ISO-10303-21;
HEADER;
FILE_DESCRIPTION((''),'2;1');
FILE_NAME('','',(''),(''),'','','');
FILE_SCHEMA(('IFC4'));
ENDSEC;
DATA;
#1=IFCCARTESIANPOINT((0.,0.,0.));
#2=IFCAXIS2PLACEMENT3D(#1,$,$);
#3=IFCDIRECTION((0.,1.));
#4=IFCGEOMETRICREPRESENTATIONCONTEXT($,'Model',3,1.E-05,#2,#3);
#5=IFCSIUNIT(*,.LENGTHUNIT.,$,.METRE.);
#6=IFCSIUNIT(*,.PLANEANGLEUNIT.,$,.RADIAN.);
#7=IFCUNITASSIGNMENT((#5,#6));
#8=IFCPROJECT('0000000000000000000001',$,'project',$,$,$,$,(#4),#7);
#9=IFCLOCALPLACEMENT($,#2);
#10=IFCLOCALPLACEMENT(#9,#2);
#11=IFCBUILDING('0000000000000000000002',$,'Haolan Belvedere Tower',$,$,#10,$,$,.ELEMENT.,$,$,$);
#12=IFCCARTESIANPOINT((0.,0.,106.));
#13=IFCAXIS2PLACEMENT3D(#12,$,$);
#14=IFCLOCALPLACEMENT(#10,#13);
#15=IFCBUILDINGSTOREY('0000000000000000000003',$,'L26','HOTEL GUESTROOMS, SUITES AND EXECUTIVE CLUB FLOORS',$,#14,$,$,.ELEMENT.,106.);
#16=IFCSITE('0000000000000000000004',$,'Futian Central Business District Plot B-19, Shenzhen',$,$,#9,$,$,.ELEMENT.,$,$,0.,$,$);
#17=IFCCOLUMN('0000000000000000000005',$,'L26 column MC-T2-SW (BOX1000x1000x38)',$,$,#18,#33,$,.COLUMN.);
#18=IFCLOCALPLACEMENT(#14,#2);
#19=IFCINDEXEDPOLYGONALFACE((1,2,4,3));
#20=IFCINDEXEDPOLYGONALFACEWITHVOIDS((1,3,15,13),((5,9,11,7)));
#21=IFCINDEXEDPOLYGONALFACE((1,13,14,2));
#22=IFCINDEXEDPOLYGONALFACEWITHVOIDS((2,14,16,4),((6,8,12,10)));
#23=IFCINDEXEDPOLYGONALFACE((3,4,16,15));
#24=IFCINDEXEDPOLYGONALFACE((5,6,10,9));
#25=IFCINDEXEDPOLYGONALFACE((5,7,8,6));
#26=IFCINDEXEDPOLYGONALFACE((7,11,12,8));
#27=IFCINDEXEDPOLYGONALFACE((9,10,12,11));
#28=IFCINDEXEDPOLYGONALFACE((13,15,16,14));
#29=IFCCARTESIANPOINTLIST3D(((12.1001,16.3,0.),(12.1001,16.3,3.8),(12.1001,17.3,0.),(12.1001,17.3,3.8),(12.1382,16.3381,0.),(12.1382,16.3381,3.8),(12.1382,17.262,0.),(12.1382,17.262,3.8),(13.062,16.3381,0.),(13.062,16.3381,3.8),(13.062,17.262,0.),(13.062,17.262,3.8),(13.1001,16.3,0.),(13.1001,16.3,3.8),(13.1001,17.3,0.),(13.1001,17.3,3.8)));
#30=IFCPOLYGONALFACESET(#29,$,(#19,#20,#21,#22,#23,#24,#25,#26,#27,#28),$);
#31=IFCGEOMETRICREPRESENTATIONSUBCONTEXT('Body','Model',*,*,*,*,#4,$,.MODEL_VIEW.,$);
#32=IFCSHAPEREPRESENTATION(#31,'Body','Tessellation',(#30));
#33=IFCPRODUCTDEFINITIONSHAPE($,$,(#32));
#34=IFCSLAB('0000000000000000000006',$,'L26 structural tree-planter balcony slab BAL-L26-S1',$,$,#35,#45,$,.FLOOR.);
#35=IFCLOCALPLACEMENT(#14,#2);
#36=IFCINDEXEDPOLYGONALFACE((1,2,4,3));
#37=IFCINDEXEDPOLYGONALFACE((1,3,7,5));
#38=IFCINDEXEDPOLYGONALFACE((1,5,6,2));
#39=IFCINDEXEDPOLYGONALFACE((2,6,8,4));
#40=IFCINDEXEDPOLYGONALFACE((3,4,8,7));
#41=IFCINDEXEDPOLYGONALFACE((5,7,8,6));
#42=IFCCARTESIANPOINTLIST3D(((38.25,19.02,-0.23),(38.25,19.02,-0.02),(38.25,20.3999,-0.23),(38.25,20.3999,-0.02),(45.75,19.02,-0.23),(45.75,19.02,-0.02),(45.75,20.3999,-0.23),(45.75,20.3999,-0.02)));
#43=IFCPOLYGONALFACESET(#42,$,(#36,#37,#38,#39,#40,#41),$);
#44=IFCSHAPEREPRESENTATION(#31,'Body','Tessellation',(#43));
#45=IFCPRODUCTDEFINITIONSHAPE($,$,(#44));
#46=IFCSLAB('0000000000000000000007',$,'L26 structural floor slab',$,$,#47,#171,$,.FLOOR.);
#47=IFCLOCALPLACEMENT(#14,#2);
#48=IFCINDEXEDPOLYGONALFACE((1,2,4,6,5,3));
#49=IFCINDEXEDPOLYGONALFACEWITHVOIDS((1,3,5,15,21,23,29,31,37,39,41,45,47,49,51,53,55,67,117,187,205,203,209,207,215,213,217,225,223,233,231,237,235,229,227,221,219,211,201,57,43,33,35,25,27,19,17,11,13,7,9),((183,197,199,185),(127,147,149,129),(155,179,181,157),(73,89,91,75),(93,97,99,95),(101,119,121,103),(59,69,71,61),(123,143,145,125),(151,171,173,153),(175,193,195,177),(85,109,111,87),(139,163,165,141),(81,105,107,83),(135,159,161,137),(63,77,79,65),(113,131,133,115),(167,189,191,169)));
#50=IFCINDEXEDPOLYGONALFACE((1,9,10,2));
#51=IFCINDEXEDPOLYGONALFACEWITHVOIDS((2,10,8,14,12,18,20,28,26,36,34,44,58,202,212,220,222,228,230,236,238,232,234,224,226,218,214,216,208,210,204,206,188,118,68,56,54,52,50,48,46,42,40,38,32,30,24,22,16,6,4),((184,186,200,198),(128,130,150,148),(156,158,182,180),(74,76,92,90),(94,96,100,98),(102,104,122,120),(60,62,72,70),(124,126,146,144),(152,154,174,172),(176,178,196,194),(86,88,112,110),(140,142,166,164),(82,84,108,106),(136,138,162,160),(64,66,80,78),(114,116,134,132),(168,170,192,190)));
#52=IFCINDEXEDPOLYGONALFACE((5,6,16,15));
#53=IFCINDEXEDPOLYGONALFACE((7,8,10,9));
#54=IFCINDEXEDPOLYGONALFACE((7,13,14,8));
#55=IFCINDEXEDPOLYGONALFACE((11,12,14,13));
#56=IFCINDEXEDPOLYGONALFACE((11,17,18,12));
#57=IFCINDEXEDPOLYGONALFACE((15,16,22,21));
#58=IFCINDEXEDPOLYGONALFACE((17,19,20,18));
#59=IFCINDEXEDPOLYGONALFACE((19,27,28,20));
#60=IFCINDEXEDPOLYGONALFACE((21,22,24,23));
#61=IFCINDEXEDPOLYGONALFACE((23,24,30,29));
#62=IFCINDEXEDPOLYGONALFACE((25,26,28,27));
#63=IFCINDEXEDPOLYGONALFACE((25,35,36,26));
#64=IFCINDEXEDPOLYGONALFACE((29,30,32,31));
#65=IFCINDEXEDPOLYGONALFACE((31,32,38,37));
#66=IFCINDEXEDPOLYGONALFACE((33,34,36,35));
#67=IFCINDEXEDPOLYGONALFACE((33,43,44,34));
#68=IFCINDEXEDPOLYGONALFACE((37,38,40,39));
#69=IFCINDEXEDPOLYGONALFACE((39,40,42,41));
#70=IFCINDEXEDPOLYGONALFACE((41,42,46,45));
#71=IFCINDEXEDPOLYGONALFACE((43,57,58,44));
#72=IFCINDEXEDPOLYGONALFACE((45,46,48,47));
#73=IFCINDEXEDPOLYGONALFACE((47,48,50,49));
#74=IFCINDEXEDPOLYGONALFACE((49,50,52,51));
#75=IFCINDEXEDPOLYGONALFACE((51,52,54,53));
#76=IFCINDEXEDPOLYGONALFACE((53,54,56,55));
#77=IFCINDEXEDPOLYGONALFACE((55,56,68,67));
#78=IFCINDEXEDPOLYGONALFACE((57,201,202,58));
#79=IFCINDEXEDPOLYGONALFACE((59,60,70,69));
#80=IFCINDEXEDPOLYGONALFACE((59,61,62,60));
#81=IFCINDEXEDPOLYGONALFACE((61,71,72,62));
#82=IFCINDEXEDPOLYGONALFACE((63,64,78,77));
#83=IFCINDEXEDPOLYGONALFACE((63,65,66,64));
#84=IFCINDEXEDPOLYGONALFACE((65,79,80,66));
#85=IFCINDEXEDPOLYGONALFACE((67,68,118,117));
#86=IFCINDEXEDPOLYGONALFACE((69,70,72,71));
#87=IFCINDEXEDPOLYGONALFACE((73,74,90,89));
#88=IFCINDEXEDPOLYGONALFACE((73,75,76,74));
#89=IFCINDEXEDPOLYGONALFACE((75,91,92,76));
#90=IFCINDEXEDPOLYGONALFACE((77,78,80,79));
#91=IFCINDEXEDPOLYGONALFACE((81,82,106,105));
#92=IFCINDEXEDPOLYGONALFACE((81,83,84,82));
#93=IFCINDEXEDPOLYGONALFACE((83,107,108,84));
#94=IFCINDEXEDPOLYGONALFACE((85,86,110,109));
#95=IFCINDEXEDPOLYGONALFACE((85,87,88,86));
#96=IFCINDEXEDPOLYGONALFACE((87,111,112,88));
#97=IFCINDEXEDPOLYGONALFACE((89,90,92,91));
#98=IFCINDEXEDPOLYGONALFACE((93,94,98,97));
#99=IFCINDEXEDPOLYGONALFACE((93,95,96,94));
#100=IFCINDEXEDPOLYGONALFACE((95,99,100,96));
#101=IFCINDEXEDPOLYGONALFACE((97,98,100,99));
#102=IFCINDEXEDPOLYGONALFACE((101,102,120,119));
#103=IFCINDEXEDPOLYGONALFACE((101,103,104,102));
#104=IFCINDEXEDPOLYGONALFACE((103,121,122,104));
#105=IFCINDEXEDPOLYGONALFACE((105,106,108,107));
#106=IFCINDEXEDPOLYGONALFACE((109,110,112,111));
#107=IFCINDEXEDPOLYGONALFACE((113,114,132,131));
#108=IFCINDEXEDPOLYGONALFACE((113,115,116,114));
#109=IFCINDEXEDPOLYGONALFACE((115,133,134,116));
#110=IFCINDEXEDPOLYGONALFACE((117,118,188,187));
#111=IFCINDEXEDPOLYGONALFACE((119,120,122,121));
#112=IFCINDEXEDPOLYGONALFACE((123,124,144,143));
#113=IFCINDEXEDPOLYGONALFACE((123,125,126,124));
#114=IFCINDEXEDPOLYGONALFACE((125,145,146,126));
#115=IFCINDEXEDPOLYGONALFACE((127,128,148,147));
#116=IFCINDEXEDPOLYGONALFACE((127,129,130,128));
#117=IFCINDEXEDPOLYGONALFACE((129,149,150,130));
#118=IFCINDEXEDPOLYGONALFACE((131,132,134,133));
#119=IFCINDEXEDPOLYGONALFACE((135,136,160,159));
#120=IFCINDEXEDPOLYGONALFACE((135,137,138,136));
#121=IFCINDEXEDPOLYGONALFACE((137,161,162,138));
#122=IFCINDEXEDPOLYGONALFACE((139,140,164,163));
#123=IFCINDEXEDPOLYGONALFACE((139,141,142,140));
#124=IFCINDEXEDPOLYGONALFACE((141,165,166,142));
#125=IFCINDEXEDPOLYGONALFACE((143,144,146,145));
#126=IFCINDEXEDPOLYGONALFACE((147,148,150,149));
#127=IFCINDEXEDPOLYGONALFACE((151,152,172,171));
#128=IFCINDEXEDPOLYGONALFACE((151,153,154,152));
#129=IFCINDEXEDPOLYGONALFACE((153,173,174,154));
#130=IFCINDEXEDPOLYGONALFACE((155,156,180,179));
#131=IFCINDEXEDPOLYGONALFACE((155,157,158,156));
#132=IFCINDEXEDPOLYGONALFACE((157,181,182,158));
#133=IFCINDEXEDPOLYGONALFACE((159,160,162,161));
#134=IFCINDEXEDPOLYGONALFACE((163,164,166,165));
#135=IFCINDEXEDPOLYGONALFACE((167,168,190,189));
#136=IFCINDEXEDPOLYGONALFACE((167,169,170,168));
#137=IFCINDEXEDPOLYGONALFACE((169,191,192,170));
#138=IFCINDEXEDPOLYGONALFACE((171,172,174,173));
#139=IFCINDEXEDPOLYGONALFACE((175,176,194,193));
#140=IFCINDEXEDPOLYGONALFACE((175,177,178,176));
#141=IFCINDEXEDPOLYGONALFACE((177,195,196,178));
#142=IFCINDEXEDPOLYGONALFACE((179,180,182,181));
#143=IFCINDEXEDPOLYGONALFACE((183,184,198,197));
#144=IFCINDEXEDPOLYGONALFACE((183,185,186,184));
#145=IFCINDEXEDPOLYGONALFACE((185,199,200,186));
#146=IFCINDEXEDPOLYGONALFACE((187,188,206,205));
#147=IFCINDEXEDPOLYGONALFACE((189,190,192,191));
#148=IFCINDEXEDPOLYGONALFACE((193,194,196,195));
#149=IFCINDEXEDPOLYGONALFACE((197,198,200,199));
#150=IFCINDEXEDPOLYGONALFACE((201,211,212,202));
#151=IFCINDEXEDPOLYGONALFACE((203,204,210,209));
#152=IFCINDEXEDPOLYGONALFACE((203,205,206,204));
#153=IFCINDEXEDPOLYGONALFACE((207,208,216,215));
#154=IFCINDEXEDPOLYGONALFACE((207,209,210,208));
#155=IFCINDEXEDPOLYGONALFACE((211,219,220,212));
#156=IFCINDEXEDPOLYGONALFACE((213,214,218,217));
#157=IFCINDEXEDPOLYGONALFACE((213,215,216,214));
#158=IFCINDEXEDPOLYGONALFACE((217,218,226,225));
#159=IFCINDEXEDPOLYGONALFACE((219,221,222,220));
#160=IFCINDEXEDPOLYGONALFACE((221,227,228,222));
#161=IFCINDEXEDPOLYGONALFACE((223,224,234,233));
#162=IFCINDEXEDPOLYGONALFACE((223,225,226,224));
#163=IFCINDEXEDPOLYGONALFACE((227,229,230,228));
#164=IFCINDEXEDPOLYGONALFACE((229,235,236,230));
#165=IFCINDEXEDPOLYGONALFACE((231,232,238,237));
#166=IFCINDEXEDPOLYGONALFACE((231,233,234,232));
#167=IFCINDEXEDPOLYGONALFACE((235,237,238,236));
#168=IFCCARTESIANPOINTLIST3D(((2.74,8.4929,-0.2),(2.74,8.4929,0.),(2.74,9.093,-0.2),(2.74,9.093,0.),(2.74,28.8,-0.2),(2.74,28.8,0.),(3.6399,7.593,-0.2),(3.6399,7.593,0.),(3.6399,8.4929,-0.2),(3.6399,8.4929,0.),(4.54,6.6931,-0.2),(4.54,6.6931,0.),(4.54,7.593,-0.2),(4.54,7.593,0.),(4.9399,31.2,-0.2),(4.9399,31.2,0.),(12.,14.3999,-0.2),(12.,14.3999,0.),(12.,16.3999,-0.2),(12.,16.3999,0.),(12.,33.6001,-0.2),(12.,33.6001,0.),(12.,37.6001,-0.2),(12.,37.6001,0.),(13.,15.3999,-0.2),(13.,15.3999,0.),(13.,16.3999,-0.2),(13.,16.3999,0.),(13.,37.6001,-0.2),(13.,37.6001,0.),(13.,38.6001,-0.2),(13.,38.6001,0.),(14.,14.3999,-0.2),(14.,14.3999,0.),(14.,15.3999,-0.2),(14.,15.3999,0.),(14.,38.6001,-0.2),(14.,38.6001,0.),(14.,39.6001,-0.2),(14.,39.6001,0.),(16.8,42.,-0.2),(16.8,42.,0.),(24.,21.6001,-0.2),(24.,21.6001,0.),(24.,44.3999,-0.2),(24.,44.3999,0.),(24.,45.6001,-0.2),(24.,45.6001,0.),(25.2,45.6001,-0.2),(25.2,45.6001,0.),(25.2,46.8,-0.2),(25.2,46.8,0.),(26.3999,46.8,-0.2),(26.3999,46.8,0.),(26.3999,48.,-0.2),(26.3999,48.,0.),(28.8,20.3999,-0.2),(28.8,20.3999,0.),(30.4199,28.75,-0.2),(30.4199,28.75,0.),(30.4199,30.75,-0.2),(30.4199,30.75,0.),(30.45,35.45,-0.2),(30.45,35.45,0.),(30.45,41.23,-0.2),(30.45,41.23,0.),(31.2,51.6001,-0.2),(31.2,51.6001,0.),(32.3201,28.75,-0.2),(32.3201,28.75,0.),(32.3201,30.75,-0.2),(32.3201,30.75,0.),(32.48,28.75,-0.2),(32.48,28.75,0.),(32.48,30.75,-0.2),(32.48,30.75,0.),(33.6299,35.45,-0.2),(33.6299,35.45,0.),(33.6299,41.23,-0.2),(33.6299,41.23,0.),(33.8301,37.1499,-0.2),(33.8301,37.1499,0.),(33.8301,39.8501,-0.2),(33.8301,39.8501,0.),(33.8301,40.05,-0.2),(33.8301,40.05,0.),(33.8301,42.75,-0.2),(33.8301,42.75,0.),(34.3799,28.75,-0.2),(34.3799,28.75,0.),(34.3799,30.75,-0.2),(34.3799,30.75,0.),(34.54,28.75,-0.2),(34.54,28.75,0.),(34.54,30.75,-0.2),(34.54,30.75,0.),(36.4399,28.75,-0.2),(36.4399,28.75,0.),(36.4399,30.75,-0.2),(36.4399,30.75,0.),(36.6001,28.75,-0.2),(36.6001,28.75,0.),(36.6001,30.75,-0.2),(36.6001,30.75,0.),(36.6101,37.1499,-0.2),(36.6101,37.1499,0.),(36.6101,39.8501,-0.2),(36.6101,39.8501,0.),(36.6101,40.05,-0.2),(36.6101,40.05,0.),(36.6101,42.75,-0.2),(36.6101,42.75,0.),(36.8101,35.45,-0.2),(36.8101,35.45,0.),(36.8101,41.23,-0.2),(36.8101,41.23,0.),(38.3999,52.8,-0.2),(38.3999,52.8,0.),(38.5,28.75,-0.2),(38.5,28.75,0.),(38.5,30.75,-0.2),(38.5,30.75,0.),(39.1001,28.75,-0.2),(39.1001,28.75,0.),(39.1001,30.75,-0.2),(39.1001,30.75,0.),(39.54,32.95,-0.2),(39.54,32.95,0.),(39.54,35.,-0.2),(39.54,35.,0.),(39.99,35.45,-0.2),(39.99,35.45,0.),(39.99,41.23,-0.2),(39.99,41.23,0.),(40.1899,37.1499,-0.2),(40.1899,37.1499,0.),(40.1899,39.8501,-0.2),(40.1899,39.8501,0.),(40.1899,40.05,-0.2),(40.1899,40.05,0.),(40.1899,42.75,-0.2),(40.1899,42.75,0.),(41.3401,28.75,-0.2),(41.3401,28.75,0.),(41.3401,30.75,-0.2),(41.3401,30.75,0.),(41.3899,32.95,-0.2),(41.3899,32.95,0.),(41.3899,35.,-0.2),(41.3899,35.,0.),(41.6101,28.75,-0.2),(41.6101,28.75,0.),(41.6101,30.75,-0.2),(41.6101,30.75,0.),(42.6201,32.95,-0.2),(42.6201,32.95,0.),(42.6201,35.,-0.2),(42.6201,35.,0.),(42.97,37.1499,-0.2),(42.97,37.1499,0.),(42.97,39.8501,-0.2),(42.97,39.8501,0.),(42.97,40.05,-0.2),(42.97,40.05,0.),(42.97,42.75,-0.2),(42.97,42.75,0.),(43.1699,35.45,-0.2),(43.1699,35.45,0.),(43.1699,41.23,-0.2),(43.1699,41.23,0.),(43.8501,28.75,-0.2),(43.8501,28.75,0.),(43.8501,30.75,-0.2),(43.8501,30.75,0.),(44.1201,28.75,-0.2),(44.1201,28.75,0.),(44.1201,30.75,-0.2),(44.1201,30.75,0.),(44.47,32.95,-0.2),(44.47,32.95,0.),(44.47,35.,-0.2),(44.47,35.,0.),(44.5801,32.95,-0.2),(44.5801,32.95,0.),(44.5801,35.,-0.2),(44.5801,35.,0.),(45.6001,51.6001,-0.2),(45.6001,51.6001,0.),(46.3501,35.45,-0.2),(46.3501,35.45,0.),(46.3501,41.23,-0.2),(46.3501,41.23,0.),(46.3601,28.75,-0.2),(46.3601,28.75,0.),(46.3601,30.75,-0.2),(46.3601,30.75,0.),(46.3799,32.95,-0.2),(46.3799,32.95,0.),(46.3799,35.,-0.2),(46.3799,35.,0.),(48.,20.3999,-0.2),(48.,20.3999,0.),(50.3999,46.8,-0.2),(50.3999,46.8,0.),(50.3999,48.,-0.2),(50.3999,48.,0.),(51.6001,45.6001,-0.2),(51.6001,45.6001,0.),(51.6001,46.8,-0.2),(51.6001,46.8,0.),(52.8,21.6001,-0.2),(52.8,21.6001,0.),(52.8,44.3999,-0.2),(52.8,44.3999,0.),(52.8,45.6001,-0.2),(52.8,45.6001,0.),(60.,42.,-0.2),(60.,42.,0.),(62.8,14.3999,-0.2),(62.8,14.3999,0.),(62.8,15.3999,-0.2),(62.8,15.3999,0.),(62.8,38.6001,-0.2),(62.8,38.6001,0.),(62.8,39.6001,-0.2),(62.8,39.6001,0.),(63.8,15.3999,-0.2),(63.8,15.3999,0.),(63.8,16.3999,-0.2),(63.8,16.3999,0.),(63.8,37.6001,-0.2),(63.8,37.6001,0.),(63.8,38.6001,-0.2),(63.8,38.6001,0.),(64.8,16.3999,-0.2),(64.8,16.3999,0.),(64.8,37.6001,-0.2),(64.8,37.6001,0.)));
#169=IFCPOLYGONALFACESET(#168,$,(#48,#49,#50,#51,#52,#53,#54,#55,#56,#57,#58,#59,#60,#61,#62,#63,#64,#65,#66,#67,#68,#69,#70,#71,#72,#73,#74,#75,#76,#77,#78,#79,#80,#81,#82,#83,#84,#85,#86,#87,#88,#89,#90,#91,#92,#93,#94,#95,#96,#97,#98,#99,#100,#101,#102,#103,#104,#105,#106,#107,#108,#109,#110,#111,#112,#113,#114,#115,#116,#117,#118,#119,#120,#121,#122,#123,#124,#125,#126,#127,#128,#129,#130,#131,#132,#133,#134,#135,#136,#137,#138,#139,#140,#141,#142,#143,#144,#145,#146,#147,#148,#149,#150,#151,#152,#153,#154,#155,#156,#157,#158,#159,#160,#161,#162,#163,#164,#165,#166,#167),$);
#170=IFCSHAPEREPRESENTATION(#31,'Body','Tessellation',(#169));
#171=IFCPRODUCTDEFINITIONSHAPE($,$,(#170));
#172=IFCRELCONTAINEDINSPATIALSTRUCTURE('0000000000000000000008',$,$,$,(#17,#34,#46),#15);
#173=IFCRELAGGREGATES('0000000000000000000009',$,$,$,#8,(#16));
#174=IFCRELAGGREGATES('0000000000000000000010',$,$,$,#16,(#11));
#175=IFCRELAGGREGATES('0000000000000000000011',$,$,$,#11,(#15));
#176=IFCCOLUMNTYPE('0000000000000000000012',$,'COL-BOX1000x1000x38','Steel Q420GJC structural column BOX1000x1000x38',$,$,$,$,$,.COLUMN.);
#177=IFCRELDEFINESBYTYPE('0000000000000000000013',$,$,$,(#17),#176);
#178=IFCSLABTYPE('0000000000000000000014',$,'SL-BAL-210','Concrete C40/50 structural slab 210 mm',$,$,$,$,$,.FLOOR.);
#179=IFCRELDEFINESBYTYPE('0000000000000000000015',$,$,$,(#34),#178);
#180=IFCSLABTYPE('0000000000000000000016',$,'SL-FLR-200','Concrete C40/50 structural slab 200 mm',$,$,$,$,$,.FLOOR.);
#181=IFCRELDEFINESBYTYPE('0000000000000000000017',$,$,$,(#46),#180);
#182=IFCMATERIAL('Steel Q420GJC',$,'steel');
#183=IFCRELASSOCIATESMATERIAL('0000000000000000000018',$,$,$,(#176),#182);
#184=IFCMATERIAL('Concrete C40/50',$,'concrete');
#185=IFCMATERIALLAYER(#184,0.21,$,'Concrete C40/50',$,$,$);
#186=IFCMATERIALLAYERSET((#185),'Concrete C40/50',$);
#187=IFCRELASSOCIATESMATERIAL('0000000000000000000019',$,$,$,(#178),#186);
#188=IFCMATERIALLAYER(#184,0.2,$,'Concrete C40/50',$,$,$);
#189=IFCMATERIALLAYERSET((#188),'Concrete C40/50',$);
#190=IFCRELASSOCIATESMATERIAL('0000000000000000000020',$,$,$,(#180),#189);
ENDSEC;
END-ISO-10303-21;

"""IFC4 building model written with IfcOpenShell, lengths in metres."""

from ifc_helpers import new_model, si_unit, direction, frame, origin, origin_2d, place, context, subcontext, project, spatial, polyline, hollow_rectangle, outline, extrude, material, layer, layer_set, material_profile, profile_set, type_object, element, save


model = new_model("IFC4")

# Units and contexts
model_context = context("Model", 3, precision=1e-05, world=origin(), true_north=direction((0.0, 1.0)))
body_context = subcontext(model_context, "Body", "Model", "MODEL_VIEW")
ifc_project = project(units=[si_unit("LENGTHUNIT", "METRE"), si_unit("PLANEANGLEUNIT", "RADIAN")], contexts=[model_context])

# Site, building, storey
site_placement = place(None, origin())
site = spatial("IfcSite", under=ifc_project, at=site_placement, Name="Futian Central Business District Plot B-19, Shenzhen", CompositionType="ELEMENT", RefElevation=0.0)
building_placement = place(site_placement, origin())
building = spatial("IfcBuilding", under=site, at=building_placement, Name="Haolan Belvedere Tower", CompositionType="ELEMENT")
storey_placement = place(building_placement, frame((0.0, 0.0, 106.0)))
storey = spatial("IfcBuildingStorey", under=building, at=storey_placement, Name="L26", Description="HOTEL GUESTROOMS, SUITES AND EXECUTIVE CLUB FLOORS", CompositionType="ELEMENT", Elevation=106.0)

# Column
ifc_material_1 = material(Name="Steel Q420GJC", Category="steel")
ifc_material_profile = material_profile(ifc_material_1, hollow_rectangle(XDim=1.0, YDim=1.0, WallThickness=0.0381, at=origin_2d()), Name="Steel Q420GJC")
ifc_profile_set = profile_set([ifc_material_profile], Name="Steel Q420GJC")
column_type = type_object("IfcColumnType", Name="COL-BOX1000x1000x38", Description="Steel Q420GJC structural column BOX1000x1000x38", PredefinedType="COLUMN", material=ifc_profile_set)
column_placement = place(storey_placement, frame((12.6001, 16.8, 0.0), z_axis=(0.0, 0.0, 1.0), x_axis=(1.0, 0.0, 0.0)))
element("IfcColumn", 1, at=column_placement, inside=storey, type_object=column_type, Name="L26 column MC-T2-SW (BOX1000x1000x38)", PredefinedType="COLUMN", context=body_context, shape_type="SweptSolid", body=[
    extrude(hollow_rectangle(XDim=1.0, YDim=1.0, WallThickness=0.0381, at=origin_2d()), origin(), (0.0, 0.0, 1.0), 3.8),
])

# Slabs
ifc_material_2 = material(Name="Concrete C40/50", Category="concrete")
ifc_layer_1 = layer(ifc_material_2, 0.21, Name="Concrete C40/50")
ifc_layer_set_1 = layer_set([ifc_layer_1], Name="Concrete C40/50")
slab_type_1 = type_object("IfcSlabType", Name="SL-BAL-210", Description="Concrete C40/50 structural slab 210 mm", PredefinedType="FLOOR", material=ifc_layer_set_1)
slab_1_placement = place(storey_placement, frame((0.0, 0.0, -0.23)))
element("IfcSlab", 2, at=slab_1_placement, inside=storey, type_object=slab_type_1, Name="L26 structural tree-planter balcony slab BAL-L26-S1", PredefinedType="FLOOR", context=body_context, shape_type="SweptSolid", body=[
    extrude(outline(polyline([(38.25, 19.02), (45.75, 19.02), (45.75, 20.3999), (38.25, 20.3999), (38.25, 19.02)])), origin(), (0.0, 0.0, 1.0), 0.21),
])
ifc_layer_2 = layer(ifc_material_2, 0.2, Name="Concrete C40/50")
ifc_layer_set_2 = layer_set([ifc_layer_2], Name="Concrete C40/50")
slab_type_2 = type_object("IfcSlabType", Name="SL-FLR-200", Description="Concrete C40/50 structural slab 200 mm", PredefinedType="FLOOR", material=ifc_layer_set_2)
slab_2_placement = place(storey_placement, frame((0.0, 0.0, -0.2)))
element("IfcSlab", 3, at=slab_2_placement, inside=storey, type_object=slab_type_2, Name="L26 structural floor slab", PredefinedType="FLOOR", context=body_context, shape_type="SweptSolid", body=[
    extrude(outline(polyline([(12.0, 14.3999), (12.0, 16.3999), (13.0, 16.3999), (13.0, 15.3999), (14.0, 15.3999), (14.0, 14.3999), (24.0, 21.6001), (28.8, 20.3999), (48.0, 20.3999), (52.8, 21.6001), (62.8, 14.3999), (62.8, 15.3999), (63.8, 15.3999), (63.8, 16.3999), (64.8, 16.3999), (64.8, 37.6001), (63.8, 37.6001), (63.8, 38.6001), (62.8, 38.6001), (62.8, 39.6001), (60.0, 42.0), (52.8, 44.3999), (52.8, 45.6001), (51.6001, 45.6001), (51.6001, 46.8), (50.3999, 46.8), (50.3999, 48.0), (45.6001, 51.6001), (38.3999, 52.8), (31.2, 51.6001), (26.3999, 48.0), (26.3999, 46.8), (25.2, 46.8), (25.2, 45.6001), (24.0, 45.6001), (24.0, 44.3999), (16.8, 42.0), (14.0, 39.6001), (14.0, 38.6001), (13.0, 38.6001), (13.0, 37.6001), (12.0, 37.6001), (12.0, 33.6001), (4.9399, 31.2), (2.74, 28.8), (2.74, 9.093), (2.74, 8.4929), (3.6399, 8.4929), (3.6399, 7.593), (4.54, 7.593), (4.54, 6.6931), (12.0, 14.3999)]), holes=[polyline([(30.45, 41.23), (30.45, 35.45), (33.6299, 35.45), (33.6299, 41.23), (30.45, 41.23)]), polyline([(36.8101, 41.23), (36.8101, 35.45), (39.99, 35.45), (39.99, 41.23), (36.8101, 41.23)]), polyline([(43.1699, 41.23), (43.1699, 35.45), (46.3501, 35.45), (46.3501, 41.23), (43.1699, 41.23)]), polyline([(33.8301, 40.05), (36.6101, 40.05), (36.6101, 42.75), (33.8301, 42.75), (33.8301, 40.05)]), polyline([(33.8301, 37.1499), (36.6101, 37.1499), (36.6101, 39.8501), (33.8301, 39.8501), (33.8301, 37.1499)]), polyline([(40.1899, 40.05), (42.97, 40.05), (42.97, 42.75), (40.1899, 42.75), (40.1899, 40.05)]), polyline([(40.1899, 37.1499), (42.97, 37.1499), (42.97, 39.8501), (40.1899, 39.8501), (40.1899, 37.1499)]), polyline([(39.54, 32.95), (41.3899, 32.95), (41.3899, 35.0), (39.54, 35.0), (39.54, 32.95)]), polyline([(42.6201, 32.95), (44.47, 32.95), (44.47, 35.0), (42.6201, 35.0), (42.6201, 32.95)]), polyline([(44.5801, 32.95), (46.3799, 32.95), (46.3799, 35.0), (44.5801, 35.0), (44.5801, 32.95)]), polyline([(30.4199, 28.75), (32.3201, 28.75), (32.3201, 30.75), (30.4199, 30.75), (30.4199, 28.75)]), polyline([(32.48, 28.75), (34.3799, 28.75), (34.3799, 30.75), (32.48, 30.75), (32.48, 28.75)]), polyline([(34.54, 28.75), (36.4399, 28.75), (36.4399, 30.75), (34.54, 30.75), (34.54, 28.75)]), polyline([(36.6001, 28.75), (38.5, 28.75), (38.5, 30.75), (36.6001, 30.75), (36.6001, 28.75)]), polyline([(39.1001, 28.75), (41.3401, 28.75), (41.3401, 30.75), (39.1001, 30.75), (39.1001, 28.75)]), polyline([(41.6101, 28.75), (43.8501, 28.75), (43.8501, 30.75), (41.6101, 30.75), (41.6101, 28.75)]), polyline([(44.1201, 28.75), (46.3601, 28.75), (46.3601, 30.75), (44.1201, 30.75), (44.1201, 28.75)])]), origin(), (0.0, 0.0, 1.0), 0.2),
])

save(model, "model.ifc")
